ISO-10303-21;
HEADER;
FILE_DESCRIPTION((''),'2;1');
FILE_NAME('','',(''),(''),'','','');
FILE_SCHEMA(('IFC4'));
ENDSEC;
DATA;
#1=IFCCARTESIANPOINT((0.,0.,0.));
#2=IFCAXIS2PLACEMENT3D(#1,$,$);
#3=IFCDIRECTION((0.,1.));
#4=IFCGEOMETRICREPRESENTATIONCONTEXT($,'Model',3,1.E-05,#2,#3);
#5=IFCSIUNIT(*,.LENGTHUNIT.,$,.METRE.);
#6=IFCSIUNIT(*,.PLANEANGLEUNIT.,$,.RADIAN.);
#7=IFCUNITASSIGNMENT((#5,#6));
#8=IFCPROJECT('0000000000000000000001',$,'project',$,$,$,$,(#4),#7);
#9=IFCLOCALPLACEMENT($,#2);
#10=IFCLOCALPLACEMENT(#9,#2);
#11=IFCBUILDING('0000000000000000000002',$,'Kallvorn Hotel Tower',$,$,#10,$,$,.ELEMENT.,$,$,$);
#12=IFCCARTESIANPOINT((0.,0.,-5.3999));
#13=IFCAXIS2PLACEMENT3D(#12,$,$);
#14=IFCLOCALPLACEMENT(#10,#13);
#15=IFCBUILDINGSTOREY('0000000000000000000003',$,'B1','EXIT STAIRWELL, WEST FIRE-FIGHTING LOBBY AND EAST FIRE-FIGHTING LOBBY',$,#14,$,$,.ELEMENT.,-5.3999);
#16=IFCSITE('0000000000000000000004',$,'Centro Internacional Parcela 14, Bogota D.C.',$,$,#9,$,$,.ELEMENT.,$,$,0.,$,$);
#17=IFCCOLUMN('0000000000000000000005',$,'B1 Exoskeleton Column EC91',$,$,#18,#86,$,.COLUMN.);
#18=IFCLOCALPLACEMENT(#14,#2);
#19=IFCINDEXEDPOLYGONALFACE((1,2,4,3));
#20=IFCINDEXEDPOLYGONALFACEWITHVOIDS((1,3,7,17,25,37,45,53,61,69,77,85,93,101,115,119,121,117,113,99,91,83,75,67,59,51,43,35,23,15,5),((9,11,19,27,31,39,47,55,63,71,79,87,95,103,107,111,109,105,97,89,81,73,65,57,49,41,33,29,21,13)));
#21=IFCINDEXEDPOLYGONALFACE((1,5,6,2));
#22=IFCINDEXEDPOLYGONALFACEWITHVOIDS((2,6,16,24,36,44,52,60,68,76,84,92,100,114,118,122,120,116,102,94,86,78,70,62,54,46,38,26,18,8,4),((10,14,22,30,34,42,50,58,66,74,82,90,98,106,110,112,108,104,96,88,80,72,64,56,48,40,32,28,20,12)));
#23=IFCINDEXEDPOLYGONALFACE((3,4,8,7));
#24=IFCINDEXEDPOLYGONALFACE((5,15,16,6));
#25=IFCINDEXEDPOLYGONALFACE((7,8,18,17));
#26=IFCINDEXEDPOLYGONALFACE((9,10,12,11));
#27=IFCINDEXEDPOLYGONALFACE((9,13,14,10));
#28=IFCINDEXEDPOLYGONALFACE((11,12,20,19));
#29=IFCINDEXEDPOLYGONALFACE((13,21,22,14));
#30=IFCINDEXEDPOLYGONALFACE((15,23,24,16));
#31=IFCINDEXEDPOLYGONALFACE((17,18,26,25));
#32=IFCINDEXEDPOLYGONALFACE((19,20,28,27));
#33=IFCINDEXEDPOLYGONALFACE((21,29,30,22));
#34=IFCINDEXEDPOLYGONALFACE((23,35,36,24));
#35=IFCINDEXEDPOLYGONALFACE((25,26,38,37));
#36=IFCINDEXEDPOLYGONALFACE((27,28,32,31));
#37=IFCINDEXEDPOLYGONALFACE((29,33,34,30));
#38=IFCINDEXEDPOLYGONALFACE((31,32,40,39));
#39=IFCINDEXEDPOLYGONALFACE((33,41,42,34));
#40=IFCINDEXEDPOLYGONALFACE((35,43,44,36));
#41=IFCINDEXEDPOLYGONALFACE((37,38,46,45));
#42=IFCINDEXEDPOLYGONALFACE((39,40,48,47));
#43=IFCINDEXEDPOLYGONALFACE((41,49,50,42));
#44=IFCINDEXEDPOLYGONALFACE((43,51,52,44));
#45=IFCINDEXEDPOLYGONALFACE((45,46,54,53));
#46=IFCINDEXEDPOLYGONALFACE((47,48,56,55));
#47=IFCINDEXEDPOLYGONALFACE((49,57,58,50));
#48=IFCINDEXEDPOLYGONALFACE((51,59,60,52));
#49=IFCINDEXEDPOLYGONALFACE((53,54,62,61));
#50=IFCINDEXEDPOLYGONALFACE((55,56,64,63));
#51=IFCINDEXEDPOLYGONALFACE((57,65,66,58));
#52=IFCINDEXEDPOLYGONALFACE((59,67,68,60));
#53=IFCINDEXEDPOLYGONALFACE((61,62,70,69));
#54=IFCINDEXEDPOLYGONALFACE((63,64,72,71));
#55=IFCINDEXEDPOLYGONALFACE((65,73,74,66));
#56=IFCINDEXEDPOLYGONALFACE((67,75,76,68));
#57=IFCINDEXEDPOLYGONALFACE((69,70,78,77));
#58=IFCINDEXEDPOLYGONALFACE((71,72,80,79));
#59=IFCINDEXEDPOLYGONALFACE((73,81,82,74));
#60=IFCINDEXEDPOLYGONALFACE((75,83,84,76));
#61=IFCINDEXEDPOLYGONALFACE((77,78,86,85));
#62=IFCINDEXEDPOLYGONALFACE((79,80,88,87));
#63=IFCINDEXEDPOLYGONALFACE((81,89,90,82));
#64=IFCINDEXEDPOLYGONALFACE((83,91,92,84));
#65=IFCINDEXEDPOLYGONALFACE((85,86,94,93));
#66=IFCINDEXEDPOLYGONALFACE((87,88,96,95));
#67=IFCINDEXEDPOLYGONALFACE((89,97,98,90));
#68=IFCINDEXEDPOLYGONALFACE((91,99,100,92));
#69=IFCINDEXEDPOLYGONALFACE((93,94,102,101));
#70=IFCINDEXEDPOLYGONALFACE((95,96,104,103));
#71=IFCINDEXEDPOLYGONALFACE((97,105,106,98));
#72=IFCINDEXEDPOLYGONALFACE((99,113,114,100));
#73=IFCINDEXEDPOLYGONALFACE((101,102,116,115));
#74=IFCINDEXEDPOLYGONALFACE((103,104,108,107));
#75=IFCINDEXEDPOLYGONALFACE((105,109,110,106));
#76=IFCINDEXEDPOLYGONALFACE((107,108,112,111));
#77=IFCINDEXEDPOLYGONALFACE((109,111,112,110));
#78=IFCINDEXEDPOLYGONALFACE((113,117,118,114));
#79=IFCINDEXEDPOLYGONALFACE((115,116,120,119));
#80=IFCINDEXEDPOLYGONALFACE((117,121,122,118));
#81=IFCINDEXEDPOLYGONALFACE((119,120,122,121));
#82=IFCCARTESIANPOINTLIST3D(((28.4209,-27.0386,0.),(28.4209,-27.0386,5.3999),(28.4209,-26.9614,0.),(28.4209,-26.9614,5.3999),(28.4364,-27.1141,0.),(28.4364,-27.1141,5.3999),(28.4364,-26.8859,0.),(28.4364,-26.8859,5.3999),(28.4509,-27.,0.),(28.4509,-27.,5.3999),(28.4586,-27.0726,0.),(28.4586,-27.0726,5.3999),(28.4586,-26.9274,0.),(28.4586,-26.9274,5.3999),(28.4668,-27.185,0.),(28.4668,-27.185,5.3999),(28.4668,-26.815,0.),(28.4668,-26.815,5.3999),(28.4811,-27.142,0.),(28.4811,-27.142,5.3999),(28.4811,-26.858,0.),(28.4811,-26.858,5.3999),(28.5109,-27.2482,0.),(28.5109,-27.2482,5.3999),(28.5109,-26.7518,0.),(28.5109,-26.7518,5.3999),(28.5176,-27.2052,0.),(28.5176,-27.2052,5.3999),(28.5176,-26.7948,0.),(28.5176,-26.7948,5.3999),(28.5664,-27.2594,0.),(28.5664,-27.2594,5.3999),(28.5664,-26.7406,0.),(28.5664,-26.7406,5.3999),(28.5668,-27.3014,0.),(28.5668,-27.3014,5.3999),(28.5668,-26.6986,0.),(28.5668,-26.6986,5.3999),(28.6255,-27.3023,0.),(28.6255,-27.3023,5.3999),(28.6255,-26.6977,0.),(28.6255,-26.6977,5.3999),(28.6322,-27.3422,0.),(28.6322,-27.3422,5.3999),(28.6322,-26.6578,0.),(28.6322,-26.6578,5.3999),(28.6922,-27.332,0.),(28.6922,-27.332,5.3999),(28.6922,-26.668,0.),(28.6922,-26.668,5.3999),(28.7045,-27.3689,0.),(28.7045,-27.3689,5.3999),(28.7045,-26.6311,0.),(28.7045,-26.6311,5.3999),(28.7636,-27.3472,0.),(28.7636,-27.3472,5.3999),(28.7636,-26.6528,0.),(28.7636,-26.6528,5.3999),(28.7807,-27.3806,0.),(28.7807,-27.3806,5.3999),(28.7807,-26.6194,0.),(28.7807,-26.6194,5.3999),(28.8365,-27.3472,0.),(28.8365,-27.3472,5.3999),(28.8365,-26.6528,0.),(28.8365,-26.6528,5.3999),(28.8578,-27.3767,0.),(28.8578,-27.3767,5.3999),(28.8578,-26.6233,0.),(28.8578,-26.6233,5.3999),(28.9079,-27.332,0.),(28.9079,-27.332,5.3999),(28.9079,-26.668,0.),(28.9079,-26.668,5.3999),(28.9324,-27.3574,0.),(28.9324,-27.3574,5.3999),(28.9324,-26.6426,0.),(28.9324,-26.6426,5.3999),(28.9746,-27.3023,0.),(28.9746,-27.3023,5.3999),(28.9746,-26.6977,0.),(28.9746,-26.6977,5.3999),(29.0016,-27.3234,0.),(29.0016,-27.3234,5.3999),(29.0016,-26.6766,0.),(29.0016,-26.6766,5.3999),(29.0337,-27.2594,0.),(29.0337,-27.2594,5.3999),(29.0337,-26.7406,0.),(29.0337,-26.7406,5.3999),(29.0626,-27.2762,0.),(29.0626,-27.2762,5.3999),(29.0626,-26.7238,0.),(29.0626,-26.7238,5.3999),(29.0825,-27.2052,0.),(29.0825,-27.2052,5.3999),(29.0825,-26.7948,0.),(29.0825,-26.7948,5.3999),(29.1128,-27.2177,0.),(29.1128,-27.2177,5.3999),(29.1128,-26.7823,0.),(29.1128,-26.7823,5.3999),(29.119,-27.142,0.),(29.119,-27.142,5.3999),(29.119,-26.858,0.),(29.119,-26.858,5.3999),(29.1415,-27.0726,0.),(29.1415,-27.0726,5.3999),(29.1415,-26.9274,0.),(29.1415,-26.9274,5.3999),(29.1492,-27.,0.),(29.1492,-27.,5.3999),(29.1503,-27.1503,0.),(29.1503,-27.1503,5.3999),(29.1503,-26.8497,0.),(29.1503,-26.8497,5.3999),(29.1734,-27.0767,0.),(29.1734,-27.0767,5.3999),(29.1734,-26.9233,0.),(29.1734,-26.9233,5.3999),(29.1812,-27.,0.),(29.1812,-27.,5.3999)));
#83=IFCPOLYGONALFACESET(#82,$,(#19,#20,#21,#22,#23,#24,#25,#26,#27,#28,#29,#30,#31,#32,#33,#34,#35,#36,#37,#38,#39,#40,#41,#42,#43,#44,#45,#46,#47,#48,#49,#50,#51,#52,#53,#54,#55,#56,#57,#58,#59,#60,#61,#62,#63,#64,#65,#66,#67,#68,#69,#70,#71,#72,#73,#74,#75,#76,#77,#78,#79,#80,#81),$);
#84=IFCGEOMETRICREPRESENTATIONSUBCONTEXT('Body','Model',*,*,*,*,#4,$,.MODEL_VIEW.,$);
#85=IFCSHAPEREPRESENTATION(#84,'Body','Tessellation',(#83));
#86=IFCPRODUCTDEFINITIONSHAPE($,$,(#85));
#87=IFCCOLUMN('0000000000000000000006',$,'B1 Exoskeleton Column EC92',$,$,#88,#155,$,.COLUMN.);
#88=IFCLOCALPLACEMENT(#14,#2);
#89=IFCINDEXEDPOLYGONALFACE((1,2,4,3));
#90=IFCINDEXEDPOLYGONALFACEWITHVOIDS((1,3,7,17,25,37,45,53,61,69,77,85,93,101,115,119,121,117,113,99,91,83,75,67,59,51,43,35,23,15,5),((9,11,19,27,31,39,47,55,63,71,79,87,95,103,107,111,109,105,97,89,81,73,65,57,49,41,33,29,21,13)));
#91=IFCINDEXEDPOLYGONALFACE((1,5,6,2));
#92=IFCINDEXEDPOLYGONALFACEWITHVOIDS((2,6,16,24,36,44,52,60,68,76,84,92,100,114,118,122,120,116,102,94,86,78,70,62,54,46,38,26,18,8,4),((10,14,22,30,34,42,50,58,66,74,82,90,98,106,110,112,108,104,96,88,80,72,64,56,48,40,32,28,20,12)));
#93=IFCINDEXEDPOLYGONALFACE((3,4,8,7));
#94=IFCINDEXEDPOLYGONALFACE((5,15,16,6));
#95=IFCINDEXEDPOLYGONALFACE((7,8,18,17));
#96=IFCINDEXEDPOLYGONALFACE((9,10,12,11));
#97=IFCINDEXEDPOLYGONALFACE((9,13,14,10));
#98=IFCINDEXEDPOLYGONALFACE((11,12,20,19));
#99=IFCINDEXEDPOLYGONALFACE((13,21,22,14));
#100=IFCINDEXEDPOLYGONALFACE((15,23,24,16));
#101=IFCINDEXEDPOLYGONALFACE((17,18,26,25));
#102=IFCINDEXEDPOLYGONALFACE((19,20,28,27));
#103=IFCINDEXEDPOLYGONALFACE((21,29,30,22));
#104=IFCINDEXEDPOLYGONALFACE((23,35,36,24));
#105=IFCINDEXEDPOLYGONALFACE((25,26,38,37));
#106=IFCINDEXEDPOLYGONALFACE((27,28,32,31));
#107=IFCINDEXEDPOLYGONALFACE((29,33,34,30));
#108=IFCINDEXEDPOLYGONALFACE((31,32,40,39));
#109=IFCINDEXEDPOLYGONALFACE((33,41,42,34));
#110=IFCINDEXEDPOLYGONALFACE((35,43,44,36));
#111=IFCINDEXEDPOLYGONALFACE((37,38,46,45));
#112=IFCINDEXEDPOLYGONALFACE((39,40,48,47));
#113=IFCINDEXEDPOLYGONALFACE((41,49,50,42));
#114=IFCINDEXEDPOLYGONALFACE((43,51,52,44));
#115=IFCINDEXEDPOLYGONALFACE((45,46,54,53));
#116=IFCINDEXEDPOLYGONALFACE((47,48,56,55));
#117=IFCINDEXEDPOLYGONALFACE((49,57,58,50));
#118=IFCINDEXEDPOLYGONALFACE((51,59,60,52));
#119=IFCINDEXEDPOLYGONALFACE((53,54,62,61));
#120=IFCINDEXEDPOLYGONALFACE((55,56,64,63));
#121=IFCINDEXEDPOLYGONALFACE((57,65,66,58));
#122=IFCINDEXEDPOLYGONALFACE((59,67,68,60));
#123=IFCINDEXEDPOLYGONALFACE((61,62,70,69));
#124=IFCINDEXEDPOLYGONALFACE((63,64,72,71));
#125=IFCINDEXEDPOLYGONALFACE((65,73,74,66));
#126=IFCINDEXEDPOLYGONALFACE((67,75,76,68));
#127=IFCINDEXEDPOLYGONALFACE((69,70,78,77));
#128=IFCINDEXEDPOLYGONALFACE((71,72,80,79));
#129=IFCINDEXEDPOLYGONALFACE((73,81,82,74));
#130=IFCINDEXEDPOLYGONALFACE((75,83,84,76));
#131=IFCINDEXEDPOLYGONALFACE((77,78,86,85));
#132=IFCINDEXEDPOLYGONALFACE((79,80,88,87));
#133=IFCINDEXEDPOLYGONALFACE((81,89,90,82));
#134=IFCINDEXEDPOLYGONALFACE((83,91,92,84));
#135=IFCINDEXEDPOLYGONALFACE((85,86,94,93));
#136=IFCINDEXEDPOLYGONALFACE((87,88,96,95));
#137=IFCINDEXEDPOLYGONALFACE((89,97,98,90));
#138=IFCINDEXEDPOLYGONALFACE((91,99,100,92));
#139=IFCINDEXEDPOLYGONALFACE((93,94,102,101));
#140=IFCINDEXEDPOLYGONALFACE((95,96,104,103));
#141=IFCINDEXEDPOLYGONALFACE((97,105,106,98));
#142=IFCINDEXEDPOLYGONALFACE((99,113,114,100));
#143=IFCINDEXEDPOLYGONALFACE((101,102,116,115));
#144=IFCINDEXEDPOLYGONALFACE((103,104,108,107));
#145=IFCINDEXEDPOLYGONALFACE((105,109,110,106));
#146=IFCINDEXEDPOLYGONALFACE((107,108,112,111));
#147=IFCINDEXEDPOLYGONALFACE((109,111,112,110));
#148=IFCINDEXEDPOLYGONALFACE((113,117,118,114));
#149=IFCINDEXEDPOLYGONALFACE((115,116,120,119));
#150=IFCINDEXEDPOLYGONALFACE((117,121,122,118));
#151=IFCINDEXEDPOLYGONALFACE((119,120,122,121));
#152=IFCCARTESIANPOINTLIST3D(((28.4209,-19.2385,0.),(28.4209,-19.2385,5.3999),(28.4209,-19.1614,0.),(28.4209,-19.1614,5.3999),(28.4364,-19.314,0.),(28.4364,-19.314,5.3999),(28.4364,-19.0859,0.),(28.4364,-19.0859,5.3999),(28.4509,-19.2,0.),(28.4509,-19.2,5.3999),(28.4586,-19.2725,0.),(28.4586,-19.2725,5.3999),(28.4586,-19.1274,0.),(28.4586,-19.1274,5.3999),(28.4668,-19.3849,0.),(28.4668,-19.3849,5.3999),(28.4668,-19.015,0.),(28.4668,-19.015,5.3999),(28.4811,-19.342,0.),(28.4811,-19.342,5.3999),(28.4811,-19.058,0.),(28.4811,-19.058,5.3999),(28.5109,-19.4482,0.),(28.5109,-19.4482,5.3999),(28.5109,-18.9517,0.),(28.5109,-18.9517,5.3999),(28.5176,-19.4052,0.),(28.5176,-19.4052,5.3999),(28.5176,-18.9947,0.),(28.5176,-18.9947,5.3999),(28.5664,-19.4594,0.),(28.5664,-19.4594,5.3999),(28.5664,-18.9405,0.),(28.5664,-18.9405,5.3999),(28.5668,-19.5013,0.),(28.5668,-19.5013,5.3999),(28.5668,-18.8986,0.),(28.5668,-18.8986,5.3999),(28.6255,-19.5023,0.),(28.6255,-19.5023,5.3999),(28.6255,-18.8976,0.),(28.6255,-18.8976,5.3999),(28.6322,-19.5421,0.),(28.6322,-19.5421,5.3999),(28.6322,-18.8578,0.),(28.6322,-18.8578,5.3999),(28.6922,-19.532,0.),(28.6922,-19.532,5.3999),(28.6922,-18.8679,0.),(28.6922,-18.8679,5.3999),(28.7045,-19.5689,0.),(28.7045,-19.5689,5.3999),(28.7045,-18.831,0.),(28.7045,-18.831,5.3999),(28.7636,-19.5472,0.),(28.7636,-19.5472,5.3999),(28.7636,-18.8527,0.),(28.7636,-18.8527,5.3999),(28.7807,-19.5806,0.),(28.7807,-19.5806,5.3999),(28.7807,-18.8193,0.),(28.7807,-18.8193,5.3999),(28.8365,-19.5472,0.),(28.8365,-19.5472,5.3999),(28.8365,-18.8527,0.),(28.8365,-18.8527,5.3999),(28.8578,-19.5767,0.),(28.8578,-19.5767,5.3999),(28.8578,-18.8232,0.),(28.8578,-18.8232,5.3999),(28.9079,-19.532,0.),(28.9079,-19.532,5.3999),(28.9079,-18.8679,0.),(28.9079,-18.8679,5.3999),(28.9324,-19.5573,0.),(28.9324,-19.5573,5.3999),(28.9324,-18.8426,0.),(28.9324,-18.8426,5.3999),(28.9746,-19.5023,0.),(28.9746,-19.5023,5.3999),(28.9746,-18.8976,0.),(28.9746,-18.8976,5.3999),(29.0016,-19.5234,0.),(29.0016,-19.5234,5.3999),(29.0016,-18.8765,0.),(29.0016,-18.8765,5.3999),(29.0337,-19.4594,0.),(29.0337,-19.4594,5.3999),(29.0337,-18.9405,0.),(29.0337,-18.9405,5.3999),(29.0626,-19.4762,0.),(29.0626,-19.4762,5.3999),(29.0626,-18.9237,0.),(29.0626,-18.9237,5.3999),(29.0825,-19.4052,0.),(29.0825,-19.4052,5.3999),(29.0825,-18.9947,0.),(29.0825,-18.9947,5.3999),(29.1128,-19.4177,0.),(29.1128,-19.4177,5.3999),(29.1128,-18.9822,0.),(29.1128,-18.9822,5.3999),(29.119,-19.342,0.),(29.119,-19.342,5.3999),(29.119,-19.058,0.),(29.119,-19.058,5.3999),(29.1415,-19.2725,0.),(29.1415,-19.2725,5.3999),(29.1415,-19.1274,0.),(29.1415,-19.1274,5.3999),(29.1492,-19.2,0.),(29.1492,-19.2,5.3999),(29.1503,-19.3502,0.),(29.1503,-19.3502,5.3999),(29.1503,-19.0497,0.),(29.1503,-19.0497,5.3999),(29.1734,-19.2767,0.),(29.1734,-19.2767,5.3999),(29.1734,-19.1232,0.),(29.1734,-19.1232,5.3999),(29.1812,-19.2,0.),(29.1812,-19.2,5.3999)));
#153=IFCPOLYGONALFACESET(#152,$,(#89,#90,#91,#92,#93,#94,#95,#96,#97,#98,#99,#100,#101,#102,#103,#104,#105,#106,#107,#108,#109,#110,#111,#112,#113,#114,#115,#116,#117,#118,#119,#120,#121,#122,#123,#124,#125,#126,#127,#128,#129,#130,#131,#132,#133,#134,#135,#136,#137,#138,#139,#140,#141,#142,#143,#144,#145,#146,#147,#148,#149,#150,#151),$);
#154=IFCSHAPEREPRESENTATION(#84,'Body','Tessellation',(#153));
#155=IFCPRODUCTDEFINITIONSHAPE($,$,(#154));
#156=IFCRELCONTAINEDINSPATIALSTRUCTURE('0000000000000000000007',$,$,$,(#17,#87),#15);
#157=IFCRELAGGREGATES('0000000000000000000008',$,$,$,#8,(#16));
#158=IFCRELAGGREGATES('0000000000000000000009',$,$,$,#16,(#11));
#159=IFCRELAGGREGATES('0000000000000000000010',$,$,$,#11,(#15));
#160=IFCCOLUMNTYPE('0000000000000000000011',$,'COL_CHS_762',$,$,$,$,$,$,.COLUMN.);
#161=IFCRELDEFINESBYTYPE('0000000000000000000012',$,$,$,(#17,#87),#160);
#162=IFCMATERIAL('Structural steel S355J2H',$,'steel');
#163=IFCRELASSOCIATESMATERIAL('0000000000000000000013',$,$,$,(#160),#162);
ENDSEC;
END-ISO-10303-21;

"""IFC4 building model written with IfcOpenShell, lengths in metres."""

from ifc_helpers import new_model, si_unit, direction, frame, origin, origin_2d, place, context, subcontext, project, spatial, hollow_circle, extrude, material, material_profile, profile_set, type_object, element, save


model = new_model("IFC4")

# Units and contexts
model_context = context("Model", 3, precision=1e-05, world=origin(), true_north=direction((0.0, 1.0)))
body_context = subcontext(model_context, "Body", "Model", "MODEL_VIEW")
ifc_project = project(units=[si_unit("LENGTHUNIT", "METRE"), si_unit("PLANEANGLEUNIT", "RADIAN")], contexts=[model_context])

# Site, building, storey
site_placement = place(None, origin())
site = spatial("IfcSite", under=ifc_project, at=site_placement, Name="Centro Internacional Parcela 14, Bogota D.C.", CompositionType="ELEMENT", RefElevation=0.0)
building_placement = place(site_placement, origin())
building = spatial("IfcBuilding", under=site, at=building_placement, Name="Kallvorn Hotel Tower", CompositionType="ELEMENT")
storey_placement = place(building_placement, frame((0.0, 0.0, -5.3999)))
storey = spatial("IfcBuildingStorey", under=building, at=storey_placement, Name="B1", Description="EXIT STAIRWELL, WEST FIRE-FIGHTING LOBBY AND EAST FIRE-FIGHTING LOBBY", CompositionType="ELEMENT", Elevation=-5.3999)

# Columns
ifc_material_1 = material(Name="Structural steel S355J2H", Category="steel")
ifc_material_profile_1 = material_profile(ifc_material_1, hollow_circle(Radius=0.3811, WallThickness=0.032, at=origin_2d()), Name="CHS 762x32")
ifc_profile_set_1 = profile_set([ifc_material_profile_1], Name="Structural steel S355J2H")
column_type = type_object("IfcColumnType", Name="COL_CHS_762", PredefinedType="COLUMN", material=ifc_profile_set_1)
for number, where, z_axis, x_axis, name in (
    (1, (28.8, -27.0, 0.0), (0.0, 0.0, 1.0), (1.0, 0.0, 0.0), "B1 Exoskeleton Column EC91"),
    (2, (28.8, -19.2, 0.0), (0.0, 0.0, 1.0), (1.0, 0.0, 0.0), "B1 Exoskeleton Column EC92"),
):
    element("IfcColumn", number, at=place(storey_placement, frame(where, z_axis=z_axis, x_axis=x_axis)), inside=storey, type_object=column_type, Name=name, PredefinedType="COLUMN", context=body_context, shape_type="SweptSolid", body=[
        extrude(hollow_circle(Radius=0.3811, WallThickness=0.032, at=origin_2d()), origin(), (0.0, 0.0, 1.0), 5.3999),
    ])

save(model, "model.ifc")
